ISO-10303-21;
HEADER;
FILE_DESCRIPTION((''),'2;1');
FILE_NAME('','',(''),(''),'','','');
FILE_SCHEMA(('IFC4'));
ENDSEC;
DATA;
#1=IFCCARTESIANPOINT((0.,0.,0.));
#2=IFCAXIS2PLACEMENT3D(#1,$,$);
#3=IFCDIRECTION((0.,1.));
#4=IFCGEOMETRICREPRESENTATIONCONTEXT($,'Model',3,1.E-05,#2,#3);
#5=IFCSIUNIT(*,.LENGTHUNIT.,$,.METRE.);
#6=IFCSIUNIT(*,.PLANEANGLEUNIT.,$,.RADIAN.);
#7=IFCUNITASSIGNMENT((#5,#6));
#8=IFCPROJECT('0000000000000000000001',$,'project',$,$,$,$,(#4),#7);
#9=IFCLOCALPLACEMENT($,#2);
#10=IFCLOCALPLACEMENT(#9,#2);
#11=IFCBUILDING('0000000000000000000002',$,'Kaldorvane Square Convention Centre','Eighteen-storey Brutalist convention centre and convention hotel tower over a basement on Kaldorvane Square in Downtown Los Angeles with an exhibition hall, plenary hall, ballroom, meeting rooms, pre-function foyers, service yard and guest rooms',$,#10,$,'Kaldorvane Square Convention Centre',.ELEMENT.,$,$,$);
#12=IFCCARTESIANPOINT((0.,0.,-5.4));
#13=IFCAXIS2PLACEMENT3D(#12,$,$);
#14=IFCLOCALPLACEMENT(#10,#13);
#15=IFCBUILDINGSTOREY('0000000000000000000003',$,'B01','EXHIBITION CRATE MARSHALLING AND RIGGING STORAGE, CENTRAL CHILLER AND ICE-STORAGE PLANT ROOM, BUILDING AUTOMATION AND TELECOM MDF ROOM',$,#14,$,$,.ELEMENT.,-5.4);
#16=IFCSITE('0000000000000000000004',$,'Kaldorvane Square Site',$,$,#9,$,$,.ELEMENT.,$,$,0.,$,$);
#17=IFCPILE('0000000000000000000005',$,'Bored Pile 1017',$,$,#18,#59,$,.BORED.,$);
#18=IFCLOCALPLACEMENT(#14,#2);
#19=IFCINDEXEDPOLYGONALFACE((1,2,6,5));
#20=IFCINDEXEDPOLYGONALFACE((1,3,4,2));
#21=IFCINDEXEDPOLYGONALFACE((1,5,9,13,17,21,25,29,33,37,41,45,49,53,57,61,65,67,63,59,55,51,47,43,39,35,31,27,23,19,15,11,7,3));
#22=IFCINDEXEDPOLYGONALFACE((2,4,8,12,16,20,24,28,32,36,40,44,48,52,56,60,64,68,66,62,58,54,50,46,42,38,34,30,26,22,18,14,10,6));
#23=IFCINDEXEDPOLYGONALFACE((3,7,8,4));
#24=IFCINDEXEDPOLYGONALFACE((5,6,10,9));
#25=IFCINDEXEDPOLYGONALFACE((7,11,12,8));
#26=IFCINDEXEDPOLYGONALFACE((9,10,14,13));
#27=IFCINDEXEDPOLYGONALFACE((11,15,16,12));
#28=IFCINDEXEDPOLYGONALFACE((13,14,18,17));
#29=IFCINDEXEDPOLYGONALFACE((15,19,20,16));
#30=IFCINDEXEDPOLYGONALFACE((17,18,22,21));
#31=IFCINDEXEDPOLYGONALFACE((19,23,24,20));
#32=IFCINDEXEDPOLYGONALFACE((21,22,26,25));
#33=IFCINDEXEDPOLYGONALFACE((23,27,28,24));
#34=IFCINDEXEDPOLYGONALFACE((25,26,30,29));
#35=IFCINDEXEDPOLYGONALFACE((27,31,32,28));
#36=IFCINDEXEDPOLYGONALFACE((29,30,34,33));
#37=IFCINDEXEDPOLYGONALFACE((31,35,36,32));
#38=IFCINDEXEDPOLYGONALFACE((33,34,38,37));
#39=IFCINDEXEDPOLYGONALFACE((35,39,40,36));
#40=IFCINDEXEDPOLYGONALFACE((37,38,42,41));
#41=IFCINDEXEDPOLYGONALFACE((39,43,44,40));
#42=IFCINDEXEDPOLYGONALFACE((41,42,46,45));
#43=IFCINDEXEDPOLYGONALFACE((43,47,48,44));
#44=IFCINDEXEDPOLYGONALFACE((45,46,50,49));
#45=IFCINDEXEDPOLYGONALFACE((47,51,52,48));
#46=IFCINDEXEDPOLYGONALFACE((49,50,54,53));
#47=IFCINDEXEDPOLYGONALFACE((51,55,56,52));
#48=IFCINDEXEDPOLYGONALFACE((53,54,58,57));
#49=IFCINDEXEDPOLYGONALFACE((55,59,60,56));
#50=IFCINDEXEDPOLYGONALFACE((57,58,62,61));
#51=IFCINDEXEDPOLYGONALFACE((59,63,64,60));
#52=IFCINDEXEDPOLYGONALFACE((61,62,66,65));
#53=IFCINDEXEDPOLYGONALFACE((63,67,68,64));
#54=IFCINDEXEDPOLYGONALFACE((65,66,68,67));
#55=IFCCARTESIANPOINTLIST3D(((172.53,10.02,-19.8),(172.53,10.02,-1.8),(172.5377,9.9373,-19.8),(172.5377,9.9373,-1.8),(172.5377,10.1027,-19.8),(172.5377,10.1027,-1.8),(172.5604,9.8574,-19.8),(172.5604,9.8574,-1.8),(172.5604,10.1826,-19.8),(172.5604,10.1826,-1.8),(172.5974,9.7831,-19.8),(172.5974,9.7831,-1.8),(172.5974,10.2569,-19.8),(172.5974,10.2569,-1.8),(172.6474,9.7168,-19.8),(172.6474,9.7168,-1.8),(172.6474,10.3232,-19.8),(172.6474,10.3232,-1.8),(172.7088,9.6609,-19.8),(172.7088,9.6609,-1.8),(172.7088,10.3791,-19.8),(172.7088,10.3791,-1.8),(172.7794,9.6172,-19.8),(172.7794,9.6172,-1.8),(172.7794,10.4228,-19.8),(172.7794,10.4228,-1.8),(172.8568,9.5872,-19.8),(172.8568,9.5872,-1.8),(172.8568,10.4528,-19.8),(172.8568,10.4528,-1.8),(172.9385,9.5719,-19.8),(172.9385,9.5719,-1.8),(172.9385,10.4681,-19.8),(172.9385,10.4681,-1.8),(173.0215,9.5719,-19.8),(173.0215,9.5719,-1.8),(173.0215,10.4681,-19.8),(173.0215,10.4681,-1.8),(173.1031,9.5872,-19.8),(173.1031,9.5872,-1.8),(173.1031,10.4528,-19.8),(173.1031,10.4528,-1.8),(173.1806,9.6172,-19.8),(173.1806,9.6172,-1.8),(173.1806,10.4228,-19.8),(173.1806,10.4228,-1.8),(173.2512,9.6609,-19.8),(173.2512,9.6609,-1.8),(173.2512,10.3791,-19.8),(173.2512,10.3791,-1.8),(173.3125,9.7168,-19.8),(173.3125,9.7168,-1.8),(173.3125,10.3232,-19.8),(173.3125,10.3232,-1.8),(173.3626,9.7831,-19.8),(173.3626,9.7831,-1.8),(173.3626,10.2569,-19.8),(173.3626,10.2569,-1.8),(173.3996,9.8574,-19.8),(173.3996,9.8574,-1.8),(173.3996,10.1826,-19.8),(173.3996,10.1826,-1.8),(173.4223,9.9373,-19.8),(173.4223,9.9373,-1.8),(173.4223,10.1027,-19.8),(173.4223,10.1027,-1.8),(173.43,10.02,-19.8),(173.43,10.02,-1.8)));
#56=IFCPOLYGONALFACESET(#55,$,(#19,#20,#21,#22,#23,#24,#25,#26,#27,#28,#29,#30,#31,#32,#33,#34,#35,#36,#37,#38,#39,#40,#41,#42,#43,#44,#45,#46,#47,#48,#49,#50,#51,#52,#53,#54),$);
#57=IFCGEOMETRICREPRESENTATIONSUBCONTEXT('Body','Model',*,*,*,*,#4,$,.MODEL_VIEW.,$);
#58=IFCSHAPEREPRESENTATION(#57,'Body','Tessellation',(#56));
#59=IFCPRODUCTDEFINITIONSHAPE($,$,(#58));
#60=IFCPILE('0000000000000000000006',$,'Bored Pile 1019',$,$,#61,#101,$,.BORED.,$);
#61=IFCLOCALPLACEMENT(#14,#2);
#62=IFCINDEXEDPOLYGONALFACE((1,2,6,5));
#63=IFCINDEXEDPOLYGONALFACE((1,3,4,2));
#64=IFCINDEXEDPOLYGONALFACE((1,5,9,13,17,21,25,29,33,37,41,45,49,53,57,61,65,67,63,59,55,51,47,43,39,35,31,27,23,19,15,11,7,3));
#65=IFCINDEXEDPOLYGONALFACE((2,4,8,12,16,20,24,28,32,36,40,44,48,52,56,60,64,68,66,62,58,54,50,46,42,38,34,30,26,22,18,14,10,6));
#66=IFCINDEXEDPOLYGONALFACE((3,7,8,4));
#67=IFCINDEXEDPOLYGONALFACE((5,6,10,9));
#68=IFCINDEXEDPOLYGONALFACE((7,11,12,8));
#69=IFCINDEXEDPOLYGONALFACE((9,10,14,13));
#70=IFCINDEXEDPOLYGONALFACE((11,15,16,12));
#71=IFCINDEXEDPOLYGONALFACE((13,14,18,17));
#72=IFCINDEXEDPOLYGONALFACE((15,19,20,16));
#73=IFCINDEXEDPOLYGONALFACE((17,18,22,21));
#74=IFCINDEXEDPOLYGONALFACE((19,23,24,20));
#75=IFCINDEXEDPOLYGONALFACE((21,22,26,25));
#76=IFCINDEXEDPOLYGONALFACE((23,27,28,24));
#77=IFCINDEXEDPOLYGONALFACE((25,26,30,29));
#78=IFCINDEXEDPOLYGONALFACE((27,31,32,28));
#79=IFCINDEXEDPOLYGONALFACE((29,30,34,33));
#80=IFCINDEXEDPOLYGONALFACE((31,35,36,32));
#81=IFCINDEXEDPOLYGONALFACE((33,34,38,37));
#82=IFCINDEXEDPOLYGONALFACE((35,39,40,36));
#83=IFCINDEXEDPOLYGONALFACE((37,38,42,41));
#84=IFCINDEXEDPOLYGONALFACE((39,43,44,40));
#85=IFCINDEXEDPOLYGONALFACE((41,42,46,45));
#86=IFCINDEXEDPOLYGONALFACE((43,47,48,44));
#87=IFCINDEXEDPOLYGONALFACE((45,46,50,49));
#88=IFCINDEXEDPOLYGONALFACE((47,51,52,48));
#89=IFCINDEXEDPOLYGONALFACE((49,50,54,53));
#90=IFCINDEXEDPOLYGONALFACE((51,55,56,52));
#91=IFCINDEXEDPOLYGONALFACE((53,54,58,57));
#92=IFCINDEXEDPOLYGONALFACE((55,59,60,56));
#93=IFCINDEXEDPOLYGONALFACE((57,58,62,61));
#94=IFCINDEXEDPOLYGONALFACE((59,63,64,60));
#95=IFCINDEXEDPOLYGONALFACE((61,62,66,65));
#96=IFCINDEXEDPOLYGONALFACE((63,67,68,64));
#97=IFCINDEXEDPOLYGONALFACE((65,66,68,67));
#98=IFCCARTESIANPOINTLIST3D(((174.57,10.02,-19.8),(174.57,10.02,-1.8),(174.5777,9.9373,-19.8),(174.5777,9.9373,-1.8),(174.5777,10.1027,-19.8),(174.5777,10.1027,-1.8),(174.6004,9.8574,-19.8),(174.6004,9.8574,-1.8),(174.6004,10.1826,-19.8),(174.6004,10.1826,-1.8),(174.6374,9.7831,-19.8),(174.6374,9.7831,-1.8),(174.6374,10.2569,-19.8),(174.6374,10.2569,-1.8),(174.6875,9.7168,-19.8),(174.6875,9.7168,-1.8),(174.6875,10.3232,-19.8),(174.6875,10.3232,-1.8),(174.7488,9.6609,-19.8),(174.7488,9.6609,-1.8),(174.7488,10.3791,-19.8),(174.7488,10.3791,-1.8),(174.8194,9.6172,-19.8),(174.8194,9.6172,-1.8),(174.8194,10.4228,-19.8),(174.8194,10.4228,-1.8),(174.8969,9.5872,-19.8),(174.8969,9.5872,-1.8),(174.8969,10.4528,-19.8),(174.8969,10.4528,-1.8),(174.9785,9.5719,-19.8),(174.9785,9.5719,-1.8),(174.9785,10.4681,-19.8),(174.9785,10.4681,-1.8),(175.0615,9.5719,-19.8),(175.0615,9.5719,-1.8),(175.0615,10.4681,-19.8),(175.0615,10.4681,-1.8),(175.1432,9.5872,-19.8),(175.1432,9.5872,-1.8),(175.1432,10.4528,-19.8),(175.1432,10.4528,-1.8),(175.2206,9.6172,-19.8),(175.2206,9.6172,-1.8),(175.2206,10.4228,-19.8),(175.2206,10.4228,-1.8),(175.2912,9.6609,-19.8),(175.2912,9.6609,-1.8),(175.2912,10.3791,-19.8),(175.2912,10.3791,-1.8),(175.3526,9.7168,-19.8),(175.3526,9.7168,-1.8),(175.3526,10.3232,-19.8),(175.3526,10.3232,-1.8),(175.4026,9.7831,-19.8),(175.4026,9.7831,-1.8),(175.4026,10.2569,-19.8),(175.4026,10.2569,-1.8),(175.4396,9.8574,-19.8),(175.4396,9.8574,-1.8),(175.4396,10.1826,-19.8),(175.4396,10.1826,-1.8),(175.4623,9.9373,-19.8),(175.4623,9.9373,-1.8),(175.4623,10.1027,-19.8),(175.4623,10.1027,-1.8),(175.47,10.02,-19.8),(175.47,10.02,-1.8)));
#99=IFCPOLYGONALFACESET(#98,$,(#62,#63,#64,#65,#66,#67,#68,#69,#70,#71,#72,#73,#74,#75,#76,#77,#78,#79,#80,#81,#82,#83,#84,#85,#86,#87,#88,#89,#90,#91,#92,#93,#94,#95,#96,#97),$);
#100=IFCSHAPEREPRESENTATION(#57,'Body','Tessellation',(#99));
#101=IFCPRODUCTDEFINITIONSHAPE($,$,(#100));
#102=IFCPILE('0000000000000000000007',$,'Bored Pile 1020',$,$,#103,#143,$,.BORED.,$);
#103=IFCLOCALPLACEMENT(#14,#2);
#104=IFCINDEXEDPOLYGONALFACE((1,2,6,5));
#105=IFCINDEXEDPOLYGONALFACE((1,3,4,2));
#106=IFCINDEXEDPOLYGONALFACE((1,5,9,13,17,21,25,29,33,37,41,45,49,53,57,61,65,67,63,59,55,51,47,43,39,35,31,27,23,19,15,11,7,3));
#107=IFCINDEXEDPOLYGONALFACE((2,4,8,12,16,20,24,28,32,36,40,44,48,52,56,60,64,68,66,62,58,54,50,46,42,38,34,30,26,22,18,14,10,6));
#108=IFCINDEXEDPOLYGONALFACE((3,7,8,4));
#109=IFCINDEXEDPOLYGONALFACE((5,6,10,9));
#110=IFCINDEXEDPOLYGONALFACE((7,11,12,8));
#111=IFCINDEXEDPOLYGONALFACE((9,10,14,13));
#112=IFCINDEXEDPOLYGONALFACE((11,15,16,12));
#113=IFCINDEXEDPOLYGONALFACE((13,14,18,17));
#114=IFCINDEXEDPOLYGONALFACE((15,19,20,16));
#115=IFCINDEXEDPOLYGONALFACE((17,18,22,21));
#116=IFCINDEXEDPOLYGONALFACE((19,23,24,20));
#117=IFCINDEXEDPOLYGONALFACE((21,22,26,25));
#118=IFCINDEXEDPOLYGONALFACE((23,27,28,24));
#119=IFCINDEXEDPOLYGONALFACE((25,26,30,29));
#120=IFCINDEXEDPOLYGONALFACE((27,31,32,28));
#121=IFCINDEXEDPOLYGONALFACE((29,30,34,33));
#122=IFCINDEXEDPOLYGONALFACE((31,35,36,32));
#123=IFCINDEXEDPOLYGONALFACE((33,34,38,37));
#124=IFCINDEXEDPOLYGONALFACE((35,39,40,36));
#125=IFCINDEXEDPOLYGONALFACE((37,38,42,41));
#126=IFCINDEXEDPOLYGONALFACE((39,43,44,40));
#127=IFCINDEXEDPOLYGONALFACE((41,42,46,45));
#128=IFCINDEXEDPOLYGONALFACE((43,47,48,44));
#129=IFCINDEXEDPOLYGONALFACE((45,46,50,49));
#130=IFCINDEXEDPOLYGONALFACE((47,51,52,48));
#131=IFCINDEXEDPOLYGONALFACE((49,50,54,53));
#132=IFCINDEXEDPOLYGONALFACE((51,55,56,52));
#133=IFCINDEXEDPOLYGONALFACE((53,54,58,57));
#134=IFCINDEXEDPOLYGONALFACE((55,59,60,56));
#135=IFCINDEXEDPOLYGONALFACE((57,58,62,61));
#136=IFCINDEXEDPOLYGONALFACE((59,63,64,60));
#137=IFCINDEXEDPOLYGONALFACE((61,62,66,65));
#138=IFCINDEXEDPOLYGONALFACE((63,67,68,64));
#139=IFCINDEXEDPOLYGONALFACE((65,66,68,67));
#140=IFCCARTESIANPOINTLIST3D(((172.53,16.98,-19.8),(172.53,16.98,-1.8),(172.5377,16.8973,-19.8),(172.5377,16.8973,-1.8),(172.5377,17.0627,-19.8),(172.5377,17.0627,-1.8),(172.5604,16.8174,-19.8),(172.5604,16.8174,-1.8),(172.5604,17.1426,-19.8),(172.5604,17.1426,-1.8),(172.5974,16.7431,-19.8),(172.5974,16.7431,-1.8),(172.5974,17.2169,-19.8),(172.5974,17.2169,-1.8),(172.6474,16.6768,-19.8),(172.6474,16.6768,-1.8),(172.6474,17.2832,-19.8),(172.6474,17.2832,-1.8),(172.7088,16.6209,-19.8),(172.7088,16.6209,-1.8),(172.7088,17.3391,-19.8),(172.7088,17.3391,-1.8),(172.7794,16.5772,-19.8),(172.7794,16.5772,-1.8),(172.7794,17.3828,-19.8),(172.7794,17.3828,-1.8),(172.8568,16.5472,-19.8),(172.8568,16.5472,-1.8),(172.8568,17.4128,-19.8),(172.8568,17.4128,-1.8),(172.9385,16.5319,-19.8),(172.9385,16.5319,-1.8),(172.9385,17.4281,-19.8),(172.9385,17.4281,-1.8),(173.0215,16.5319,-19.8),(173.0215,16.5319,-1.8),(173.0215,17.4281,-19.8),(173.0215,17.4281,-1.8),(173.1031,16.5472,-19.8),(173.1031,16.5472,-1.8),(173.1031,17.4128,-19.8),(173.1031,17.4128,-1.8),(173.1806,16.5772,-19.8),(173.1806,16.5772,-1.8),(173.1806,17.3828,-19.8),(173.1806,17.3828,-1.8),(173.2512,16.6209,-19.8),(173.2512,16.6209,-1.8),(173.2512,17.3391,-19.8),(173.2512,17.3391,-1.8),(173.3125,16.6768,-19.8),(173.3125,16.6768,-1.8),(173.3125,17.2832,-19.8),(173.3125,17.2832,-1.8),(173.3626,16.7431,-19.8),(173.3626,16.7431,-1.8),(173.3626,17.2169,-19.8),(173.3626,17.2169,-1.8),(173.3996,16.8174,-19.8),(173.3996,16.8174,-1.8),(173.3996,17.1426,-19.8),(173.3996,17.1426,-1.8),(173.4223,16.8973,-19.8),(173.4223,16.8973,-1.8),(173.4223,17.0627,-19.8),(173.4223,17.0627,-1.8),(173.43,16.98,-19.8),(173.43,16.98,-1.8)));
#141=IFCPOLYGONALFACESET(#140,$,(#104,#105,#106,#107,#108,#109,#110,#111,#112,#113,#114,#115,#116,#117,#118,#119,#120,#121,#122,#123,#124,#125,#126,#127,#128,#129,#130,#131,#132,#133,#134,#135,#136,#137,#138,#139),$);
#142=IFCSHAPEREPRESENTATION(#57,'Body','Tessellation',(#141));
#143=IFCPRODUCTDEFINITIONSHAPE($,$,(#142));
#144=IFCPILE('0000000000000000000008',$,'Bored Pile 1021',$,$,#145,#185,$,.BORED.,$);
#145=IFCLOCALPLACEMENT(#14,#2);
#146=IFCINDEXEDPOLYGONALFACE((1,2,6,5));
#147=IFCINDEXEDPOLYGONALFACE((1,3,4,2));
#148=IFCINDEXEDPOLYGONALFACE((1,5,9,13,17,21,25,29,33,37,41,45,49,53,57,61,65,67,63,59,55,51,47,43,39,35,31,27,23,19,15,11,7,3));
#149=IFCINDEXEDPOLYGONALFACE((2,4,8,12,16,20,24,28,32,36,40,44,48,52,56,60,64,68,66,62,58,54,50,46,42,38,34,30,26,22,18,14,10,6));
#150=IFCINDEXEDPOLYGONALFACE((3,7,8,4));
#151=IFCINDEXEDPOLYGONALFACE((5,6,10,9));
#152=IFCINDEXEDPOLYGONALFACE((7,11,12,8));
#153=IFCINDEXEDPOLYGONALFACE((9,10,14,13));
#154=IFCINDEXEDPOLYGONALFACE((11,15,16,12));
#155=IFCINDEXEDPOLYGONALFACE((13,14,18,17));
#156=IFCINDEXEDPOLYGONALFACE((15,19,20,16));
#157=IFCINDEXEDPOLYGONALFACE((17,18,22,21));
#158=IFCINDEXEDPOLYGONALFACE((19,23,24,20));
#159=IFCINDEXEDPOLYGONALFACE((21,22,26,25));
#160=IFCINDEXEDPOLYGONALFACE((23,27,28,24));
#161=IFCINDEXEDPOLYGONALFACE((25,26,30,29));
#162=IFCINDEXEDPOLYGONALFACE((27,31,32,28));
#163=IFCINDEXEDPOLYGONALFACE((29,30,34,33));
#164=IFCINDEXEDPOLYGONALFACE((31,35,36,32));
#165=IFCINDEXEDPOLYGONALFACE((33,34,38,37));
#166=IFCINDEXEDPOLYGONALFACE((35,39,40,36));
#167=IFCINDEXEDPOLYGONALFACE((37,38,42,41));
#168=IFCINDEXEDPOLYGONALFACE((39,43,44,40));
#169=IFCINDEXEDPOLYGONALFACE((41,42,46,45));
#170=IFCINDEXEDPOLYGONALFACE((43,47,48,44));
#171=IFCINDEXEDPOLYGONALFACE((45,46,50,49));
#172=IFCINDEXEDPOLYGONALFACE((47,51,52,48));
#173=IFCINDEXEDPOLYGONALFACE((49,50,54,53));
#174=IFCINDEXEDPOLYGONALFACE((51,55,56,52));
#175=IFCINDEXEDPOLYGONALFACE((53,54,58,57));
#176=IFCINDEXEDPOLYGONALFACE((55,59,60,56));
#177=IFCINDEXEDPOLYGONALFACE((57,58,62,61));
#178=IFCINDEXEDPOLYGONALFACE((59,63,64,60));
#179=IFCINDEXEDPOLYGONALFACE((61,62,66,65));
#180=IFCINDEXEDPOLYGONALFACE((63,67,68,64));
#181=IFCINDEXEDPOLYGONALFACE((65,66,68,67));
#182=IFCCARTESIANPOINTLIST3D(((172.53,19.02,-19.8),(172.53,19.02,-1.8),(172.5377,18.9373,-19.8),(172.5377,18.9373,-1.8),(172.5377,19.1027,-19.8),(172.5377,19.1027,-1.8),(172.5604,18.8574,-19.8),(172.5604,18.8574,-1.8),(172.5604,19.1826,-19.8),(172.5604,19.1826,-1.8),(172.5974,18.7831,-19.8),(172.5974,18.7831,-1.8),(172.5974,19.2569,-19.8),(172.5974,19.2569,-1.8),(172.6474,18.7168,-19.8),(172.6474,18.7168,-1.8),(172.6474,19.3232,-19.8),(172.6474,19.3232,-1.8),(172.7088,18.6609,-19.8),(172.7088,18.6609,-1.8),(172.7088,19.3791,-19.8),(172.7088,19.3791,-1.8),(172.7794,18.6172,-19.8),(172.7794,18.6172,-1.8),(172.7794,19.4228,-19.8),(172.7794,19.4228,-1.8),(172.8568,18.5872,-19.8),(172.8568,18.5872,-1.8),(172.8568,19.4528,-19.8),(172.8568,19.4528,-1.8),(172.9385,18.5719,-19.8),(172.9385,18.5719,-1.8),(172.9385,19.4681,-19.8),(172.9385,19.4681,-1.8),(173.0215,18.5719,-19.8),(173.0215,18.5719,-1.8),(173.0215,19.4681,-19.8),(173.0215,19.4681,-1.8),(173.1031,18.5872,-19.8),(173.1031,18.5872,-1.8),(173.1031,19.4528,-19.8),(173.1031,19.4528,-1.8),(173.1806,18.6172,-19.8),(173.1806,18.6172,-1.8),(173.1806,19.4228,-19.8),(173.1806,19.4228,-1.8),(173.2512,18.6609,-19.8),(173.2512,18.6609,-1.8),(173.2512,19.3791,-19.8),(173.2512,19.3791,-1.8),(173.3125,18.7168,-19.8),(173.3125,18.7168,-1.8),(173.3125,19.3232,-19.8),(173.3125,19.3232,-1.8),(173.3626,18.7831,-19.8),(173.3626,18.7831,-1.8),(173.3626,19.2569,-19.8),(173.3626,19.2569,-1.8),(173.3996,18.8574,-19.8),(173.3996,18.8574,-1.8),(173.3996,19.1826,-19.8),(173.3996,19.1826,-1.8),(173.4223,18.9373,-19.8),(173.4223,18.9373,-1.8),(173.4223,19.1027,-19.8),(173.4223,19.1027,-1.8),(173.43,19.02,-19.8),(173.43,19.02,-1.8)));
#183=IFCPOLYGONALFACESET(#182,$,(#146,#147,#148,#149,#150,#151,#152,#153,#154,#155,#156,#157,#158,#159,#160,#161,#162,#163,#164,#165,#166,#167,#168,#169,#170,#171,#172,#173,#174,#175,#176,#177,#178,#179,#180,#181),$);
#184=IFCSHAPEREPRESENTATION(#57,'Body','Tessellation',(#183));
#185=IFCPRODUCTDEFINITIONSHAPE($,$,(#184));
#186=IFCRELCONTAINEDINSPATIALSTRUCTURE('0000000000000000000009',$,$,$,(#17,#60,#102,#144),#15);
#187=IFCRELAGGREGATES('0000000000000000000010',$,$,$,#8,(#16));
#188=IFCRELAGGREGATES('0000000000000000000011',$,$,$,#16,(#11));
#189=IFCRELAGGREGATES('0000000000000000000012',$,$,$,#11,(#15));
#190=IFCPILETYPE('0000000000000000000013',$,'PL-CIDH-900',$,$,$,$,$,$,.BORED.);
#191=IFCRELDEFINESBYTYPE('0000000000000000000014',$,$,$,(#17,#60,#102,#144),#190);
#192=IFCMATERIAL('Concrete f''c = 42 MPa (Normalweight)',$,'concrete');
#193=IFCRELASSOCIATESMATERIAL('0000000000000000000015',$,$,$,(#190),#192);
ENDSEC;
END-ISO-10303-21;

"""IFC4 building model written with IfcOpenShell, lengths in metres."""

from ifc_helpers import new_model, si_unit, direction, frame, origin, origin_2d, place, context, subcontext, project, spatial, circle, extrude, material, material_profile, profile_set, type_object, element, save


model = new_model("IFC4")

# Units and contexts
model_context = context("Model", 3, precision=1e-05, world=origin(), true_north=direction((0.0, 1.0)))
body_context = subcontext(model_context, "Body", "Model", "MODEL_VIEW")
ifc_project = project(units=[si_unit("LENGTHUNIT", "METRE"), si_unit("PLANEANGLEUNIT", "RADIAN")], contexts=[model_context])

# Site, building, storey
site_placement = place(None, origin())
site = spatial("IfcSite", under=ifc_project, at=site_placement, Name="Kaldorvane Square Site", CompositionType="ELEMENT", RefElevation=0.0)
building_placement = place(site_placement, origin())
building = spatial("IfcBuilding", under=site, at=building_placement, Name="Kaldorvane Square Convention Centre", Description="Eighteen-storey Brutalist convention centre and convention hotel tower over a basement on Kaldorvane Square in Downtown Los Angeles with an exhibition hall, plenary hall, ballroom, meeting rooms, pre-function foyers, service yard and guest rooms", LongName="Kaldorvane Square Convention Centre", CompositionType="ELEMENT")
storey_placement = place(building_placement, frame((0.0, 0.0, -5.4)))
storey = spatial("IfcBuildingStorey", under=building, at=storey_placement, Name="B01", Description="EXHIBITION CRATE MARSHALLING AND RIGGING STORAGE, CENTRAL CHILLER AND ICE-STORAGE PLANT ROOM, BUILDING AUTOMATION AND TELECOM MDF ROOM", CompositionType="ELEMENT", Elevation=-5.4)

# Shared definitions
ifc_material_1 = material(Name="Concrete f'c = 42 MPa (Normalweight)", Category="concrete")

# Piles
ifc_material_profile_1 = material_profile(ifc_material_1, circle(Radius=0.45, at=origin_2d()), Name="PILE-D900")
ifc_profile_set_1 = profile_set([ifc_material_profile_1], Name="Concrete f'c = 42 MPa (Normalweight)")
pile_type = type_object("IfcPileType", Name="PL-CIDH-900", PredefinedType="BORED", material=ifc_profile_set_1)
for number, where, z_axis, x_axis, name in (
    (1, (172.98, 10.02, -1.8), (0.0, 0.0, -1.0), (1.0, 0.0, 0.0), "Bored Pile 1017"),
    (2, (175.02, 10.02, -1.8), (0.0, 0.0, -1.0), (1.0, 0.0, 0.0), "Bored Pile 1019"),
    (3, (172.98, 16.98, -1.8), (0.0, 0.0, -1.0), (1.0, 0.0, 0.0), "Bored Pile 1020"),
    (4, (172.98, 19.02, -1.8), (0.0, 0.0, -1.0), (1.0, 0.0, 0.0), "Bored Pile 1021"),
):
    element("IfcPile", number, at=place(storey_placement, frame(where, z_axis=z_axis, x_axis=x_axis)), inside=storey, type_object=pile_type, Name=name, PredefinedType="BORED", context=body_context, shape_type="SweptSolid", body=[
        extrude(circle(Radius=0.45, at=origin_2d()), origin(), (0.0, 0.0, 1.0), 18.0),
    ])

save(model, "model.ifc")
